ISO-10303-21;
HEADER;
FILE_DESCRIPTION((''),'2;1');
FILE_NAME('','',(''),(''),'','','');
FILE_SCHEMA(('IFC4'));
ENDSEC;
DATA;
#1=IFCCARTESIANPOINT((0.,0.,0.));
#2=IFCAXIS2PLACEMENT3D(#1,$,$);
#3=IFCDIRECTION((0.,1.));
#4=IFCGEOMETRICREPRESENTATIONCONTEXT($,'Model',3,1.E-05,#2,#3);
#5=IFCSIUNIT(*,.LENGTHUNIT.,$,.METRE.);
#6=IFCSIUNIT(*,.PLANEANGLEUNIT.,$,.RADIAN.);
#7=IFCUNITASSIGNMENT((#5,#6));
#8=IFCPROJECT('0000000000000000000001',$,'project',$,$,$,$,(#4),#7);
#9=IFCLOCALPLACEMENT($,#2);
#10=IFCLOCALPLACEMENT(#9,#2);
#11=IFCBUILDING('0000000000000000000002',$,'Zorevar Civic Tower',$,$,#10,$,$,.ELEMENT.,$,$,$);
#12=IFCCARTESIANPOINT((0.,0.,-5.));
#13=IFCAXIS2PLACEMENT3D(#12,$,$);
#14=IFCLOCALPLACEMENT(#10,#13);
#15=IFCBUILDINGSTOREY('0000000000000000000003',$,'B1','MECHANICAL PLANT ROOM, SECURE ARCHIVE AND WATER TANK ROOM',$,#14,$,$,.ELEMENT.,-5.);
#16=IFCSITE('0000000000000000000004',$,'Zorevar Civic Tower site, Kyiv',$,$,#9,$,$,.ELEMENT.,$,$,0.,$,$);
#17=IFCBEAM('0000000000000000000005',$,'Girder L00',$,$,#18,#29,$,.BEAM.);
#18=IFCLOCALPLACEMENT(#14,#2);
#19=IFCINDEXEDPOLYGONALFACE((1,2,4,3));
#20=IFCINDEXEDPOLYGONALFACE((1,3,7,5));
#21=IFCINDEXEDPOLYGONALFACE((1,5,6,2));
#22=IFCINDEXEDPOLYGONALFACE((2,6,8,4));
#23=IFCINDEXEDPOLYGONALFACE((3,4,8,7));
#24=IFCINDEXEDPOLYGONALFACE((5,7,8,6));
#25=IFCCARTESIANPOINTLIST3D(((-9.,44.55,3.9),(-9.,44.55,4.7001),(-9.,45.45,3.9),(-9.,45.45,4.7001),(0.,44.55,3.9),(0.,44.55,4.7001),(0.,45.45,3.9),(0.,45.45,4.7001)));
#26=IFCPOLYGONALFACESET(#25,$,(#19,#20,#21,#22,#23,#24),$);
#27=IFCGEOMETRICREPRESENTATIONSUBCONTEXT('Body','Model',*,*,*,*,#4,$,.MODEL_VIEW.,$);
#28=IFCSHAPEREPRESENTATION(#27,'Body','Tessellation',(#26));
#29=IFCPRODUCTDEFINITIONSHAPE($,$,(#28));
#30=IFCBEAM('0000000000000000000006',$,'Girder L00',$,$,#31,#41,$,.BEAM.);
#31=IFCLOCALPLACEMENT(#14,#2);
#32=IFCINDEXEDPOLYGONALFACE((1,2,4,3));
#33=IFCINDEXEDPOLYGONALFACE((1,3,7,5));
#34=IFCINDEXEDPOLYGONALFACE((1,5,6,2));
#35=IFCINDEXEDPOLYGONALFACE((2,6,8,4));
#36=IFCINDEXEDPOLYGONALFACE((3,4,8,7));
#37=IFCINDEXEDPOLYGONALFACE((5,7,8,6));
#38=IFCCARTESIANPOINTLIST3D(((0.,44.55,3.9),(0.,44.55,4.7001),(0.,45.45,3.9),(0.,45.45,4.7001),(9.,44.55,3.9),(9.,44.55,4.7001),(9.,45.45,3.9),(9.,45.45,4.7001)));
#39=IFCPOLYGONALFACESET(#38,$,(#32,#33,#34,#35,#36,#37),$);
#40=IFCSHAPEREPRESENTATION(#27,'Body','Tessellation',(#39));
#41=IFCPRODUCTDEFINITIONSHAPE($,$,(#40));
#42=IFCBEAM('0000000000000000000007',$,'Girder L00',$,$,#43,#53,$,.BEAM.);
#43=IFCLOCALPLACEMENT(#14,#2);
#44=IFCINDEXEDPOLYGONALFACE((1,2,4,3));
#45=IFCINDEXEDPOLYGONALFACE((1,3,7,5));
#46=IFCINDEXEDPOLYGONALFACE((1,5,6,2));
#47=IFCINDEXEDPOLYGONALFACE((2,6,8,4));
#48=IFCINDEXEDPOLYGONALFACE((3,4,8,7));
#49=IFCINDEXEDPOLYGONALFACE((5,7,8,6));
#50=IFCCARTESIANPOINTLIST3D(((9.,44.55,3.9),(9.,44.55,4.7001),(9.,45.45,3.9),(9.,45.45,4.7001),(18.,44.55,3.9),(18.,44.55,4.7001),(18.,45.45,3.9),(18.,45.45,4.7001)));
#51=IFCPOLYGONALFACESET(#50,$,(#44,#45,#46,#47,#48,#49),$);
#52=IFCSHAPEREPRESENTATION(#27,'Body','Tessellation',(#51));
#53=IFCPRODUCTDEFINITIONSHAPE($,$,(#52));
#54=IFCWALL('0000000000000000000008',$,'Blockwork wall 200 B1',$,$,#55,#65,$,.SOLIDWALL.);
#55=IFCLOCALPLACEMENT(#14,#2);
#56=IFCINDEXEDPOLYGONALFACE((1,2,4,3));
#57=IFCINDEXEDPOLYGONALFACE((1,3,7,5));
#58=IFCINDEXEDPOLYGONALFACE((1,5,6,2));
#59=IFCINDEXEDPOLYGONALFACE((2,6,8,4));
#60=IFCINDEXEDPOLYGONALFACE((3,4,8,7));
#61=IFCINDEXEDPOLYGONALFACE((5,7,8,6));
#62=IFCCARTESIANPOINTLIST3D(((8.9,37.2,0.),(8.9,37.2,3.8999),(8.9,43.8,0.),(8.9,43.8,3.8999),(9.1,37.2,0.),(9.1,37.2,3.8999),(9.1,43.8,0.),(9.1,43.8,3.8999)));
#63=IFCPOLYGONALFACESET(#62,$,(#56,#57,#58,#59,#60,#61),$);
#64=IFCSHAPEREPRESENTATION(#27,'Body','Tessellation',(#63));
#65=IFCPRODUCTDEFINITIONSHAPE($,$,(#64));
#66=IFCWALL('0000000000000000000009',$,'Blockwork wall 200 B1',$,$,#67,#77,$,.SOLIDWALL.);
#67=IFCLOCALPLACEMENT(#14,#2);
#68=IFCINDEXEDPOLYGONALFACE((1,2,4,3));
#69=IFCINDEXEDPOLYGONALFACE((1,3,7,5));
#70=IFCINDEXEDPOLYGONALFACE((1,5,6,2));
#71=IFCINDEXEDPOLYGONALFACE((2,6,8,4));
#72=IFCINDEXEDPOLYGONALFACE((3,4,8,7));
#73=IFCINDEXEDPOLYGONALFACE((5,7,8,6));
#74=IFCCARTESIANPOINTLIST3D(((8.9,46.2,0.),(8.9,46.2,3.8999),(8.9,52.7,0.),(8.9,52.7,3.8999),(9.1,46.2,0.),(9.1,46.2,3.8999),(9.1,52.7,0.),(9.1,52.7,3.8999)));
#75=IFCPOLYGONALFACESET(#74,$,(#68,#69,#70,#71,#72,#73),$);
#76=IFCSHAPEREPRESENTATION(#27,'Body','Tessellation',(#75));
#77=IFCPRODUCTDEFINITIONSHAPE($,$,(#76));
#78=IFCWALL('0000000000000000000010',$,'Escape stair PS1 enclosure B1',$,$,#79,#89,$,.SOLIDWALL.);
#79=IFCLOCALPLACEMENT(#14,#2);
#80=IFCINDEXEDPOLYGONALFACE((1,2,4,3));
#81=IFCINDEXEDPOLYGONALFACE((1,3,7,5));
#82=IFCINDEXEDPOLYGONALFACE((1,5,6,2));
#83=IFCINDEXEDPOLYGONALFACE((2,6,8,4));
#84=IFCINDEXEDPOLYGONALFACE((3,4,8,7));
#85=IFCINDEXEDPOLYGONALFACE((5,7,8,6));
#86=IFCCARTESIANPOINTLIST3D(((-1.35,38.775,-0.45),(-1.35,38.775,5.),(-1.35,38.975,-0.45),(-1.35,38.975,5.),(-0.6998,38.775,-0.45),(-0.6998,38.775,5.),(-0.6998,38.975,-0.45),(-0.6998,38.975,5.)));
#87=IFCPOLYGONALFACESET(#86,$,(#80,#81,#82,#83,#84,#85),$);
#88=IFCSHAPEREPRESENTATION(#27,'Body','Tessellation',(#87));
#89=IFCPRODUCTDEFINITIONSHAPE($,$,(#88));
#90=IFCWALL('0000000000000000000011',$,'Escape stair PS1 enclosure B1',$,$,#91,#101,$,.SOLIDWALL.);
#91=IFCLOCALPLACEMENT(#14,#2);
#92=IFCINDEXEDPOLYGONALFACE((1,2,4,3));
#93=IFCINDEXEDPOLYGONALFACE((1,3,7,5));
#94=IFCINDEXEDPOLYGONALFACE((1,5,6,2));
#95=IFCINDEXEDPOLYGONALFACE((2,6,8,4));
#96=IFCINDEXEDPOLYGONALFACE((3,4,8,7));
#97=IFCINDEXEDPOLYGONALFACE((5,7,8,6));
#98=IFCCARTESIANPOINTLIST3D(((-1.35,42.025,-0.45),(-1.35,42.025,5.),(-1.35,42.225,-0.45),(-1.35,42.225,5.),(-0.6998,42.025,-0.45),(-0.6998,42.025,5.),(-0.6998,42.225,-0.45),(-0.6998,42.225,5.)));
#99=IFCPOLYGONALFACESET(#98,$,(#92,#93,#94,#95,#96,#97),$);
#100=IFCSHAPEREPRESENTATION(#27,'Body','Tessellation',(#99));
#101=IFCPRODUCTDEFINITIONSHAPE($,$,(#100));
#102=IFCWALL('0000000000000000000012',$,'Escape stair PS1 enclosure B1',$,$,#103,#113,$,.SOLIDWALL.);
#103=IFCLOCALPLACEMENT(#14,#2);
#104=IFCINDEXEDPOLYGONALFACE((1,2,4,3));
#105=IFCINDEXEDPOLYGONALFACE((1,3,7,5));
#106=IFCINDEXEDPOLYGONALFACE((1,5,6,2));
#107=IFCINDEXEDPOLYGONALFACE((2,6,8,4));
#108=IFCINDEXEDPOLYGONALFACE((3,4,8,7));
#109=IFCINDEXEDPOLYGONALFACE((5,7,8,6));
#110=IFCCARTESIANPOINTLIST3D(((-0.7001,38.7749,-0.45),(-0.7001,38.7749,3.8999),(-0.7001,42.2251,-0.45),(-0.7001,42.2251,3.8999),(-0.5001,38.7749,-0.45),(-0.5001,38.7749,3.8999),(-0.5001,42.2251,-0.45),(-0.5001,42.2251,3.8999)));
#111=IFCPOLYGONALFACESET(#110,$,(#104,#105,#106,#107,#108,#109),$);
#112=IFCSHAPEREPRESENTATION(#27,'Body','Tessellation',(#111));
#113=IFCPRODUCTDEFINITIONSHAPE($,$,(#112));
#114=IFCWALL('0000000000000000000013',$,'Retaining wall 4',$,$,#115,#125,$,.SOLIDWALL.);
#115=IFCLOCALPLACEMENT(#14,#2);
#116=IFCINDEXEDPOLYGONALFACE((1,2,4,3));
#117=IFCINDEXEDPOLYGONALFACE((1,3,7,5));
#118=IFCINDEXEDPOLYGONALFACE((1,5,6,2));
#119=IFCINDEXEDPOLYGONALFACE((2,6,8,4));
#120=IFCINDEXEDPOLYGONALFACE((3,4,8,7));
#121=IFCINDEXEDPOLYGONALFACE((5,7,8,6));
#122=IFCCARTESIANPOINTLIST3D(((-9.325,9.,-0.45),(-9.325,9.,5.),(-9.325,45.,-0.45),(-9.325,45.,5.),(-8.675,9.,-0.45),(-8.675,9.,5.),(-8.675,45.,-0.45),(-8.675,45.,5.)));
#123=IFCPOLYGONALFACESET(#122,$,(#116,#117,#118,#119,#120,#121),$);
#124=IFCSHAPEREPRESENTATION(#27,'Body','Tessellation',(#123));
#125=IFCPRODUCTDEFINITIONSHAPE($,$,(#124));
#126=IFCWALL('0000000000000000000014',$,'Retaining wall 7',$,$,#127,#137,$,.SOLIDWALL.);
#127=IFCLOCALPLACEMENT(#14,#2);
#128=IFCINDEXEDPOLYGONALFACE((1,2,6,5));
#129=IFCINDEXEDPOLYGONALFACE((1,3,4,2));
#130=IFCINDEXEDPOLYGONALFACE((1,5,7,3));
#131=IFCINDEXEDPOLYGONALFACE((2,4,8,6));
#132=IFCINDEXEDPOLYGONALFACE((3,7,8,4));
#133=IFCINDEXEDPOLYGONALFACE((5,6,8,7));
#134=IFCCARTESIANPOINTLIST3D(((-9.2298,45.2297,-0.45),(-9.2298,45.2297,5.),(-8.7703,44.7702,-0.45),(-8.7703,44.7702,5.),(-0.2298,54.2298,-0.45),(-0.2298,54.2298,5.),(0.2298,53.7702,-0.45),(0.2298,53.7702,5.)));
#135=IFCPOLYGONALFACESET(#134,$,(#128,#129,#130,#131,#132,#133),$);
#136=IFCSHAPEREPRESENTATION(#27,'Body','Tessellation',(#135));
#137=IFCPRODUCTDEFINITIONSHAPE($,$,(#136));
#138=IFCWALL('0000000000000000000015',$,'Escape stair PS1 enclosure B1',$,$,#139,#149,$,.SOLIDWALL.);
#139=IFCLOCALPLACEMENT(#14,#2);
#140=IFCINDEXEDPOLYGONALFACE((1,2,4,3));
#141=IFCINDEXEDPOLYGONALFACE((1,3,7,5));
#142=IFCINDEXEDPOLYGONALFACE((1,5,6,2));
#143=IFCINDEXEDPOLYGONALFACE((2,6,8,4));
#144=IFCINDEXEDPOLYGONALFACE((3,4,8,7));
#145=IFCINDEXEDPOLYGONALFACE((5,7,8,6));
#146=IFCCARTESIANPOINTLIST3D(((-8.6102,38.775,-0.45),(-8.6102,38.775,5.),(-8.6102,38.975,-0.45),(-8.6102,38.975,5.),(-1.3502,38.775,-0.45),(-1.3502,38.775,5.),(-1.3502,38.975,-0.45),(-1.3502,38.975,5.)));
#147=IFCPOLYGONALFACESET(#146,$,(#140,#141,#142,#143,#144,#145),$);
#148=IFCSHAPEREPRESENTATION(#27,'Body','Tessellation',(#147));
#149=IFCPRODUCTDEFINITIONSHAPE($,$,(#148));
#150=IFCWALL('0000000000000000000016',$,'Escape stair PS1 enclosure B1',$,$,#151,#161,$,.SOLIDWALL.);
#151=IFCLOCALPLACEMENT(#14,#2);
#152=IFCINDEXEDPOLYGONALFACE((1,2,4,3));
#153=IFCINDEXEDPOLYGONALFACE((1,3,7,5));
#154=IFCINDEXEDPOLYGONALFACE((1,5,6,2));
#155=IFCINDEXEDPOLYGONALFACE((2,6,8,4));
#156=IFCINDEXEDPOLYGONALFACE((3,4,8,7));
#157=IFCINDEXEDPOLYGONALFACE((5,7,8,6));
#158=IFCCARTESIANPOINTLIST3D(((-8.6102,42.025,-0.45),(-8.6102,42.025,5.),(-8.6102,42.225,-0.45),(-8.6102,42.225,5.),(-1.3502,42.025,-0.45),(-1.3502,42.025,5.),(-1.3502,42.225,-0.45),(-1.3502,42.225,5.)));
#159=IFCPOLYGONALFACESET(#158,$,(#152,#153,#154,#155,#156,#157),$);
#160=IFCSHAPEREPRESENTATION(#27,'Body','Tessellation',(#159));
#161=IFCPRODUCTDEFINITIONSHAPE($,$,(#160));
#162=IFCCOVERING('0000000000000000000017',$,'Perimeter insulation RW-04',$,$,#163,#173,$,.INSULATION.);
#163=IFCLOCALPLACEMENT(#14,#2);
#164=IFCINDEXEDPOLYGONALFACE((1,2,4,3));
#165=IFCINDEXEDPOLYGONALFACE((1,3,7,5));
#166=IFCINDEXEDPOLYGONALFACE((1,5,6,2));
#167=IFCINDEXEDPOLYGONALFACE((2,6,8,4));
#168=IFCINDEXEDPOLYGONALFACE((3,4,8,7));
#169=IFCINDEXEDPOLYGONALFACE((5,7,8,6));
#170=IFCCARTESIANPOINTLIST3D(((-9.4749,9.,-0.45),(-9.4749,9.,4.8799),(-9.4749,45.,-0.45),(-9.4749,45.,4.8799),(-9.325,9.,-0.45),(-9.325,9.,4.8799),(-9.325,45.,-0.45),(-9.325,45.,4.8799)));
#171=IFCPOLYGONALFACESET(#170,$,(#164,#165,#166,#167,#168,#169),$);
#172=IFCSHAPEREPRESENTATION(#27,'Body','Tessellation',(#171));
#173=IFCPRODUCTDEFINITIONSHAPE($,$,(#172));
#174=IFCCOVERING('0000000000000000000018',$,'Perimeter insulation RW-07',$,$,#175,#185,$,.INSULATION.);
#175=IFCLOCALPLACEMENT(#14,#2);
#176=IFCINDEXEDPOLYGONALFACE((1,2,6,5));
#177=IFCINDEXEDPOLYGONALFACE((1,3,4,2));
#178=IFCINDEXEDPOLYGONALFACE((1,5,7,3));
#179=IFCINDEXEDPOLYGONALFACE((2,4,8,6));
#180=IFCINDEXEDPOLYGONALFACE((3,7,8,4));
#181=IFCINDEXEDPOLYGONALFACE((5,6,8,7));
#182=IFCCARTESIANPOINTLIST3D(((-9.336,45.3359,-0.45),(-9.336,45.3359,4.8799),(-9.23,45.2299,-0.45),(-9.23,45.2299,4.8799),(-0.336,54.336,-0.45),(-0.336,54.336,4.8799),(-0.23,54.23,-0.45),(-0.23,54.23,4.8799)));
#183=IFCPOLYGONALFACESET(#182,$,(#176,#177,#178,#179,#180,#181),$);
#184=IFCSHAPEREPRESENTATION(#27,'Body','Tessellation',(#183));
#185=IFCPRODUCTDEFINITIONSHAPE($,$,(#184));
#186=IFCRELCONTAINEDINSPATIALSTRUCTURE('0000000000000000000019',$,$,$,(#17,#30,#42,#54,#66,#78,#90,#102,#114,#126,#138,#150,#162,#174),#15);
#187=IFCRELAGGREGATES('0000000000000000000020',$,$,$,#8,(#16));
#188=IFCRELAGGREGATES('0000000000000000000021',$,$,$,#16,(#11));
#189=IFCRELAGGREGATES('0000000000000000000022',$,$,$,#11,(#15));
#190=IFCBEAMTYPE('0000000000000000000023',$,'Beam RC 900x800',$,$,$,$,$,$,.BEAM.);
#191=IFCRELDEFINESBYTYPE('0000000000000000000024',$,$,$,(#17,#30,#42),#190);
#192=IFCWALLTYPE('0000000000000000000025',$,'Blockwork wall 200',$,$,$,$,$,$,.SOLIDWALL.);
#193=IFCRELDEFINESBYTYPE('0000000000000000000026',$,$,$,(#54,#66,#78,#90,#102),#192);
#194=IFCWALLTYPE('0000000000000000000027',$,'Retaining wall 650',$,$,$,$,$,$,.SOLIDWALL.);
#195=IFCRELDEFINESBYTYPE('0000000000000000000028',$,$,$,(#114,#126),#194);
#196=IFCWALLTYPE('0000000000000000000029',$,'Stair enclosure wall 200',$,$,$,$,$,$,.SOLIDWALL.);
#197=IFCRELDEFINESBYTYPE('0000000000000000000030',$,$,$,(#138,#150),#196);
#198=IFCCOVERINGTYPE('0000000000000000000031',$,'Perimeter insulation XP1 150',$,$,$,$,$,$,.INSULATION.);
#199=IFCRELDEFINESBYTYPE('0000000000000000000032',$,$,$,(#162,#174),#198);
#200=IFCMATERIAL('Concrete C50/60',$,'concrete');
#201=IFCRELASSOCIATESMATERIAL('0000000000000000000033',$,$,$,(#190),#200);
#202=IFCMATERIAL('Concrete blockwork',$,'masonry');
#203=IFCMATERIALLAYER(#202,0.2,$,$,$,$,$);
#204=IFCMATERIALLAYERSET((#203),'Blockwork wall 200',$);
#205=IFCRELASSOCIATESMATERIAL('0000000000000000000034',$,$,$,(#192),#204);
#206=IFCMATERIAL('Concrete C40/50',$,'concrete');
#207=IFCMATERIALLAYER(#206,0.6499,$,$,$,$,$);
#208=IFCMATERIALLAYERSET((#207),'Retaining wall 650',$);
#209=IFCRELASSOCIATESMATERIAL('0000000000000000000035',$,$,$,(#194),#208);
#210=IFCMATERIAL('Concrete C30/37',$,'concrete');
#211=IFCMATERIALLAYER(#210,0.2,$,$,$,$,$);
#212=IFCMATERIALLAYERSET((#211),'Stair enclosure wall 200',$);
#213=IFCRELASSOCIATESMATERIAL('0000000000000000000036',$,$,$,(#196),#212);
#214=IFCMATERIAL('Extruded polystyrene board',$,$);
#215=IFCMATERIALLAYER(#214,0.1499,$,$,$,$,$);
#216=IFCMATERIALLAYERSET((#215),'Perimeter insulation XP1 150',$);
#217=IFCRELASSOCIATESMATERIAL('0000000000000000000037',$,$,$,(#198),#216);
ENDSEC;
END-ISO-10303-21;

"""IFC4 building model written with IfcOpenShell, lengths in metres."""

from ifc_helpers import new_model, si_unit, direction, frame, frame_2d, origin, origin_2d, place, context, subcontext, project, spatial, rectangle, extrude, material, layer, layer_set, material_profile, profile_set, type_object, element, save


model = new_model("IFC4")

# Units and contexts
model_context = context("Model", 3, precision=1e-05, world=origin(), true_north=direction((0.0, 1.0)))
body_context = subcontext(model_context, "Body", "Model", "MODEL_VIEW")
ifc_project = project(units=[si_unit("LENGTHUNIT", "METRE"), si_unit("PLANEANGLEUNIT", "RADIAN")], contexts=[model_context])

# Site, building, storey
site_placement = place(None, origin())
site = spatial("IfcSite", under=ifc_project, at=site_placement, Name="Zorevar Civic Tower site, Kyiv", CompositionType="ELEMENT", RefElevation=0.0)
building_placement = place(site_placement, origin())
building = spatial("IfcBuilding", under=site, at=building_placement, Name="Zorevar Civic Tower", CompositionType="ELEMENT")
storey_placement = place(building_placement, frame((0.0, 0.0, -5.0)))
storey = spatial("IfcBuildingStorey", under=building, at=storey_placement, Name="B1", Description="MECHANICAL PLANT ROOM, SECURE ARCHIVE AND WATER TANK ROOM", CompositionType="ELEMENT", Elevation=-5.0)

# Beams
ifc_material_1 = material(Name="Concrete C50/60", Category="concrete")
ifc_material_profile_1 = material_profile(ifc_material_1, rectangle(XDim=0.8999, YDim=0.8, at=origin_2d()), Name="RC 900x800")
ifc_profile_set_1 = profile_set([ifc_material_profile_1], Name="Concrete C50/60")
beam_type_1 = type_object("IfcBeamType", Name="Beam RC 900x800", PredefinedType="BEAM", material=ifc_profile_set_1)
for number, where, z_axis, x_axis, name in (
    (1, (-9.0, 45.0, 4.3), (1.0, 0.0, 0.0), (0.0, 1.0, 0.0), "Girder L00"),
    (2, (0.0, 45.0, 4.3), (1.0, 0.0, 0.0), (0.0, 1.0, 0.0), "Girder L00"),
    (3, (9.0, 45.0, 4.3), (1.0, 0.0, 0.0), (0.0, 1.0, 0.0), "Girder L00"),
):
    element("IfcBeam", number, at=place(storey_placement, frame(where, z_axis=z_axis, x_axis=x_axis)), inside=storey, type_object=beam_type_1, Name=name, PredefinedType="BEAM", context=body_context, shape_type="SweptSolid", body=[
        extrude(rectangle(XDim=0.8999, YDim=0.8, at=origin_2d()), origin(), (0.0, 0.0, 1.0), 9.0),
    ])

# Walls
ifc_material_2 = material(Name="Concrete blockwork", Category="masonry")
ifc_layer_1 = layer(ifc_material_2, 0.2)
ifc_layer_set_1 = layer_set([ifc_layer_1], Name="Blockwork wall 200")
wall_type_1 = type_object("IfcWallType", Name="Blockwork wall 200", PredefinedType="SOLIDWALL", material=ifc_layer_set_1)
wall_1_placement = place(storey_placement, frame((9.0, 37.2, 0.0), z_axis=(0.0, 0.0, 1.0), x_axis=(0.0, 1.0, 0.0)))
element("IfcWall", 4, at=wall_1_placement, inside=storey, type_object=wall_type_1, Name="Blockwork wall 200 B1", PredefinedType="SOLIDWALL", context=body_context, shape_type="SweptSolid", body=[
    extrude(rectangle(XDim=6.6001, YDim=0.2, at=frame_2d((3.3, 0.0))), origin(), (0.0, 0.0, 1.0), 3.8999),
])
wall_2_placement = place(storey_placement, frame((9.0, 46.2, 0.0), z_axis=(0.0, 0.0, 1.0), x_axis=(0.0, 1.0, 0.0)))
element("IfcWall", 5, at=wall_2_placement, inside=storey, type_object=wall_type_1, Name="Blockwork wall 200 B1", PredefinedType="SOLIDWALL", context=body_context, shape_type="SweptSolid", body=[
    extrude(rectangle(XDim=6.5, YDim=0.2, at=frame_2d((3.25, 0.0))), origin(), (0.0, 0.0, 1.0), 3.8999),
])
for number, where, z_axis, x_axis, name in (
    (6, (-1.3501, 38.875, -0.45), (0.0, 0.0, 1.0), (1.0, 0.0, 0.0), "Escape stair PS1 enclosure B1"),
    (7, (-1.3501, 42.125, -0.45), (0.0, 0.0, 1.0), (1.0, 0.0, 0.0), "Escape stair PS1 enclosure B1"),
):
    element("IfcWall", number, at=place(storey_placement, frame(where, z_axis=z_axis, x_axis=x_axis)), inside=storey, type_object=wall_type_1, Name=name, PredefinedType="SOLIDWALL", context=body_context, shape_type="SweptSolid", body=[
        extrude(rectangle(XDim=0.6501, YDim=0.2, at=frame_2d((0.3252, 0.0))), origin(), (0.0, 0.0, 1.0), 5.45),
    ])
wall_3_placement = place(storey_placement, frame((-0.6001, 38.7749, -0.45), z_axis=(0.0, 0.0, 1.0), x_axis=(0.0, 1.0, 0.0)))
element("IfcWall", 8, at=wall_3_placement, inside=storey, type_object=wall_type_1, Name="Escape stair PS1 enclosure B1", PredefinedType="SOLIDWALL", context=body_context, shape_type="SweptSolid", body=[
    extrude(rectangle(XDim=3.4502, YDim=0.2, at=frame_2d((1.7251, 0.0))), origin(), (0.0, 0.0, 1.0), 4.3499),
])
ifc_material_3 = material(Name="Concrete C40/50", Category="concrete")
ifc_layer_2 = layer(ifc_material_3, 0.6499)
ifc_layer_set_2 = layer_set([ifc_layer_2], Name="Retaining wall 650")
wall_type_2 = type_object("IfcWallType", Name="Retaining wall 650", PredefinedType="SOLIDWALL", material=ifc_layer_set_2)
wall_4_placement = place(storey_placement, frame((-9.0, 45.0, -0.45), z_axis=(0.0, 0.0, 1.0), x_axis=(0.0, -1.0, 0.0)))
element("IfcWall", 9, at=wall_4_placement, inside=storey, type_object=wall_type_2, Name="Retaining wall 4", PredefinedType="SOLIDWALL", context=body_context, shape_type="SweptSolid", body=[
    extrude(rectangle(XDim=36.0, YDim=0.6499, at=frame_2d((18.0, 0.0))), origin(), (0.0, 0.0, 1.0), 5.45),
])
wall_5_placement = place(storey_placement, frame((0.0, 54.0, -0.45), z_axis=(0.0, 0.0, 1.0), x_axis=(-0.707107, -0.707107, 0.0)))
element("IfcWall", 10, at=wall_5_placement, inside=storey, type_object=wall_type_2, Name="Retaining wall 7", PredefinedType="SOLIDWALL", context=body_context, shape_type="SweptSolid", body=[
    extrude(rectangle(XDim=12.728, YDim=0.6499, at=frame_2d((6.364, 0.0))), origin(), (0.0, 0.0, 1.0), 5.45),
])
ifc_material_4 = material(Name="Concrete C30/37", Category="concrete")
ifc_layer_3 = layer(ifc_material_4, 0.2)
ifc_layer_set_3 = layer_set([ifc_layer_3], Name="Stair enclosure wall 200")
wall_type_3 = type_object("IfcWallType", Name="Stair enclosure wall 200", PredefinedType="SOLIDWALL", material=ifc_layer_set_3)
for number, where, z_axis, x_axis, name in (
    (11, (-8.6101, 38.875, -0.45), (0.0, 0.0, 1.0), (1.0, 0.0, 0.0), "Escape stair PS1 enclosure B1"),
    (12, (-8.6101, 42.125, -0.45), (0.0, 0.0, 1.0), (1.0, 0.0, 0.0), "Escape stair PS1 enclosure B1"),
):
    element("IfcWall", number, at=place(storey_placement, frame(where, z_axis=z_axis, x_axis=x_axis)), inside=storey, type_object=wall_type_3, Name=name, PredefinedType="SOLIDWALL", context=body_context, shape_type="SweptSolid", body=[
        extrude(rectangle(XDim=7.26, YDim=0.2, at=frame_2d((3.6299, 0.0))), origin(), (0.0, 0.0, 1.0), 5.45),
    ])

# Coverings
ifc_material_5 = material(Name="Extruded polystyrene board")
ifc_layer_4 = layer(ifc_material_5, 0.1499)
ifc_layer_set_4 = layer_set([ifc_layer_4], Name="Perimeter insulation XP1 150")
covering_type = type_object("IfcCoveringType", Name="Perimeter insulation XP1 150", PredefinedType="INSULATION", material=ifc_layer_set_4)
covering_1_placement = place(storey_placement, frame((-9.3999, 45.0, -0.45), z_axis=(0.0, 0.0, 1.0), x_axis=(0.0, -1.0, 0.0)))
element("IfcCovering", 13, at=covering_1_placement, inside=storey, type_object=covering_type, Name="Perimeter insulation RW-04", PredefinedType="INSULATION", context=body_context, shape_type="SweptSolid", body=[
    extrude(rectangle(XDim=36.0, YDim=0.1499, at=frame_2d((18.0, 0.0))), origin(), (0.0, 0.0, 1.0), 5.3298),
])
covering_2_placement = place(storey_placement, frame((-0.283, 54.283, -0.45), z_axis=(0.0, 0.0, 1.0), x_axis=(-0.707107, -0.707107, 0.0)))
element("IfcCovering", 14, at=covering_2_placement, inside=storey, type_object=covering_type, Name="Perimeter insulation RW-07", PredefinedType="INSULATION", context=body_context, shape_type="SweptSolid", body=[
    extrude(rectangle(XDim=12.728, YDim=0.1499, at=frame_2d((6.364, 0.0))), origin(), (0.0, 0.0, 1.0), 5.3298),
])

save(model, "model.ifc")
